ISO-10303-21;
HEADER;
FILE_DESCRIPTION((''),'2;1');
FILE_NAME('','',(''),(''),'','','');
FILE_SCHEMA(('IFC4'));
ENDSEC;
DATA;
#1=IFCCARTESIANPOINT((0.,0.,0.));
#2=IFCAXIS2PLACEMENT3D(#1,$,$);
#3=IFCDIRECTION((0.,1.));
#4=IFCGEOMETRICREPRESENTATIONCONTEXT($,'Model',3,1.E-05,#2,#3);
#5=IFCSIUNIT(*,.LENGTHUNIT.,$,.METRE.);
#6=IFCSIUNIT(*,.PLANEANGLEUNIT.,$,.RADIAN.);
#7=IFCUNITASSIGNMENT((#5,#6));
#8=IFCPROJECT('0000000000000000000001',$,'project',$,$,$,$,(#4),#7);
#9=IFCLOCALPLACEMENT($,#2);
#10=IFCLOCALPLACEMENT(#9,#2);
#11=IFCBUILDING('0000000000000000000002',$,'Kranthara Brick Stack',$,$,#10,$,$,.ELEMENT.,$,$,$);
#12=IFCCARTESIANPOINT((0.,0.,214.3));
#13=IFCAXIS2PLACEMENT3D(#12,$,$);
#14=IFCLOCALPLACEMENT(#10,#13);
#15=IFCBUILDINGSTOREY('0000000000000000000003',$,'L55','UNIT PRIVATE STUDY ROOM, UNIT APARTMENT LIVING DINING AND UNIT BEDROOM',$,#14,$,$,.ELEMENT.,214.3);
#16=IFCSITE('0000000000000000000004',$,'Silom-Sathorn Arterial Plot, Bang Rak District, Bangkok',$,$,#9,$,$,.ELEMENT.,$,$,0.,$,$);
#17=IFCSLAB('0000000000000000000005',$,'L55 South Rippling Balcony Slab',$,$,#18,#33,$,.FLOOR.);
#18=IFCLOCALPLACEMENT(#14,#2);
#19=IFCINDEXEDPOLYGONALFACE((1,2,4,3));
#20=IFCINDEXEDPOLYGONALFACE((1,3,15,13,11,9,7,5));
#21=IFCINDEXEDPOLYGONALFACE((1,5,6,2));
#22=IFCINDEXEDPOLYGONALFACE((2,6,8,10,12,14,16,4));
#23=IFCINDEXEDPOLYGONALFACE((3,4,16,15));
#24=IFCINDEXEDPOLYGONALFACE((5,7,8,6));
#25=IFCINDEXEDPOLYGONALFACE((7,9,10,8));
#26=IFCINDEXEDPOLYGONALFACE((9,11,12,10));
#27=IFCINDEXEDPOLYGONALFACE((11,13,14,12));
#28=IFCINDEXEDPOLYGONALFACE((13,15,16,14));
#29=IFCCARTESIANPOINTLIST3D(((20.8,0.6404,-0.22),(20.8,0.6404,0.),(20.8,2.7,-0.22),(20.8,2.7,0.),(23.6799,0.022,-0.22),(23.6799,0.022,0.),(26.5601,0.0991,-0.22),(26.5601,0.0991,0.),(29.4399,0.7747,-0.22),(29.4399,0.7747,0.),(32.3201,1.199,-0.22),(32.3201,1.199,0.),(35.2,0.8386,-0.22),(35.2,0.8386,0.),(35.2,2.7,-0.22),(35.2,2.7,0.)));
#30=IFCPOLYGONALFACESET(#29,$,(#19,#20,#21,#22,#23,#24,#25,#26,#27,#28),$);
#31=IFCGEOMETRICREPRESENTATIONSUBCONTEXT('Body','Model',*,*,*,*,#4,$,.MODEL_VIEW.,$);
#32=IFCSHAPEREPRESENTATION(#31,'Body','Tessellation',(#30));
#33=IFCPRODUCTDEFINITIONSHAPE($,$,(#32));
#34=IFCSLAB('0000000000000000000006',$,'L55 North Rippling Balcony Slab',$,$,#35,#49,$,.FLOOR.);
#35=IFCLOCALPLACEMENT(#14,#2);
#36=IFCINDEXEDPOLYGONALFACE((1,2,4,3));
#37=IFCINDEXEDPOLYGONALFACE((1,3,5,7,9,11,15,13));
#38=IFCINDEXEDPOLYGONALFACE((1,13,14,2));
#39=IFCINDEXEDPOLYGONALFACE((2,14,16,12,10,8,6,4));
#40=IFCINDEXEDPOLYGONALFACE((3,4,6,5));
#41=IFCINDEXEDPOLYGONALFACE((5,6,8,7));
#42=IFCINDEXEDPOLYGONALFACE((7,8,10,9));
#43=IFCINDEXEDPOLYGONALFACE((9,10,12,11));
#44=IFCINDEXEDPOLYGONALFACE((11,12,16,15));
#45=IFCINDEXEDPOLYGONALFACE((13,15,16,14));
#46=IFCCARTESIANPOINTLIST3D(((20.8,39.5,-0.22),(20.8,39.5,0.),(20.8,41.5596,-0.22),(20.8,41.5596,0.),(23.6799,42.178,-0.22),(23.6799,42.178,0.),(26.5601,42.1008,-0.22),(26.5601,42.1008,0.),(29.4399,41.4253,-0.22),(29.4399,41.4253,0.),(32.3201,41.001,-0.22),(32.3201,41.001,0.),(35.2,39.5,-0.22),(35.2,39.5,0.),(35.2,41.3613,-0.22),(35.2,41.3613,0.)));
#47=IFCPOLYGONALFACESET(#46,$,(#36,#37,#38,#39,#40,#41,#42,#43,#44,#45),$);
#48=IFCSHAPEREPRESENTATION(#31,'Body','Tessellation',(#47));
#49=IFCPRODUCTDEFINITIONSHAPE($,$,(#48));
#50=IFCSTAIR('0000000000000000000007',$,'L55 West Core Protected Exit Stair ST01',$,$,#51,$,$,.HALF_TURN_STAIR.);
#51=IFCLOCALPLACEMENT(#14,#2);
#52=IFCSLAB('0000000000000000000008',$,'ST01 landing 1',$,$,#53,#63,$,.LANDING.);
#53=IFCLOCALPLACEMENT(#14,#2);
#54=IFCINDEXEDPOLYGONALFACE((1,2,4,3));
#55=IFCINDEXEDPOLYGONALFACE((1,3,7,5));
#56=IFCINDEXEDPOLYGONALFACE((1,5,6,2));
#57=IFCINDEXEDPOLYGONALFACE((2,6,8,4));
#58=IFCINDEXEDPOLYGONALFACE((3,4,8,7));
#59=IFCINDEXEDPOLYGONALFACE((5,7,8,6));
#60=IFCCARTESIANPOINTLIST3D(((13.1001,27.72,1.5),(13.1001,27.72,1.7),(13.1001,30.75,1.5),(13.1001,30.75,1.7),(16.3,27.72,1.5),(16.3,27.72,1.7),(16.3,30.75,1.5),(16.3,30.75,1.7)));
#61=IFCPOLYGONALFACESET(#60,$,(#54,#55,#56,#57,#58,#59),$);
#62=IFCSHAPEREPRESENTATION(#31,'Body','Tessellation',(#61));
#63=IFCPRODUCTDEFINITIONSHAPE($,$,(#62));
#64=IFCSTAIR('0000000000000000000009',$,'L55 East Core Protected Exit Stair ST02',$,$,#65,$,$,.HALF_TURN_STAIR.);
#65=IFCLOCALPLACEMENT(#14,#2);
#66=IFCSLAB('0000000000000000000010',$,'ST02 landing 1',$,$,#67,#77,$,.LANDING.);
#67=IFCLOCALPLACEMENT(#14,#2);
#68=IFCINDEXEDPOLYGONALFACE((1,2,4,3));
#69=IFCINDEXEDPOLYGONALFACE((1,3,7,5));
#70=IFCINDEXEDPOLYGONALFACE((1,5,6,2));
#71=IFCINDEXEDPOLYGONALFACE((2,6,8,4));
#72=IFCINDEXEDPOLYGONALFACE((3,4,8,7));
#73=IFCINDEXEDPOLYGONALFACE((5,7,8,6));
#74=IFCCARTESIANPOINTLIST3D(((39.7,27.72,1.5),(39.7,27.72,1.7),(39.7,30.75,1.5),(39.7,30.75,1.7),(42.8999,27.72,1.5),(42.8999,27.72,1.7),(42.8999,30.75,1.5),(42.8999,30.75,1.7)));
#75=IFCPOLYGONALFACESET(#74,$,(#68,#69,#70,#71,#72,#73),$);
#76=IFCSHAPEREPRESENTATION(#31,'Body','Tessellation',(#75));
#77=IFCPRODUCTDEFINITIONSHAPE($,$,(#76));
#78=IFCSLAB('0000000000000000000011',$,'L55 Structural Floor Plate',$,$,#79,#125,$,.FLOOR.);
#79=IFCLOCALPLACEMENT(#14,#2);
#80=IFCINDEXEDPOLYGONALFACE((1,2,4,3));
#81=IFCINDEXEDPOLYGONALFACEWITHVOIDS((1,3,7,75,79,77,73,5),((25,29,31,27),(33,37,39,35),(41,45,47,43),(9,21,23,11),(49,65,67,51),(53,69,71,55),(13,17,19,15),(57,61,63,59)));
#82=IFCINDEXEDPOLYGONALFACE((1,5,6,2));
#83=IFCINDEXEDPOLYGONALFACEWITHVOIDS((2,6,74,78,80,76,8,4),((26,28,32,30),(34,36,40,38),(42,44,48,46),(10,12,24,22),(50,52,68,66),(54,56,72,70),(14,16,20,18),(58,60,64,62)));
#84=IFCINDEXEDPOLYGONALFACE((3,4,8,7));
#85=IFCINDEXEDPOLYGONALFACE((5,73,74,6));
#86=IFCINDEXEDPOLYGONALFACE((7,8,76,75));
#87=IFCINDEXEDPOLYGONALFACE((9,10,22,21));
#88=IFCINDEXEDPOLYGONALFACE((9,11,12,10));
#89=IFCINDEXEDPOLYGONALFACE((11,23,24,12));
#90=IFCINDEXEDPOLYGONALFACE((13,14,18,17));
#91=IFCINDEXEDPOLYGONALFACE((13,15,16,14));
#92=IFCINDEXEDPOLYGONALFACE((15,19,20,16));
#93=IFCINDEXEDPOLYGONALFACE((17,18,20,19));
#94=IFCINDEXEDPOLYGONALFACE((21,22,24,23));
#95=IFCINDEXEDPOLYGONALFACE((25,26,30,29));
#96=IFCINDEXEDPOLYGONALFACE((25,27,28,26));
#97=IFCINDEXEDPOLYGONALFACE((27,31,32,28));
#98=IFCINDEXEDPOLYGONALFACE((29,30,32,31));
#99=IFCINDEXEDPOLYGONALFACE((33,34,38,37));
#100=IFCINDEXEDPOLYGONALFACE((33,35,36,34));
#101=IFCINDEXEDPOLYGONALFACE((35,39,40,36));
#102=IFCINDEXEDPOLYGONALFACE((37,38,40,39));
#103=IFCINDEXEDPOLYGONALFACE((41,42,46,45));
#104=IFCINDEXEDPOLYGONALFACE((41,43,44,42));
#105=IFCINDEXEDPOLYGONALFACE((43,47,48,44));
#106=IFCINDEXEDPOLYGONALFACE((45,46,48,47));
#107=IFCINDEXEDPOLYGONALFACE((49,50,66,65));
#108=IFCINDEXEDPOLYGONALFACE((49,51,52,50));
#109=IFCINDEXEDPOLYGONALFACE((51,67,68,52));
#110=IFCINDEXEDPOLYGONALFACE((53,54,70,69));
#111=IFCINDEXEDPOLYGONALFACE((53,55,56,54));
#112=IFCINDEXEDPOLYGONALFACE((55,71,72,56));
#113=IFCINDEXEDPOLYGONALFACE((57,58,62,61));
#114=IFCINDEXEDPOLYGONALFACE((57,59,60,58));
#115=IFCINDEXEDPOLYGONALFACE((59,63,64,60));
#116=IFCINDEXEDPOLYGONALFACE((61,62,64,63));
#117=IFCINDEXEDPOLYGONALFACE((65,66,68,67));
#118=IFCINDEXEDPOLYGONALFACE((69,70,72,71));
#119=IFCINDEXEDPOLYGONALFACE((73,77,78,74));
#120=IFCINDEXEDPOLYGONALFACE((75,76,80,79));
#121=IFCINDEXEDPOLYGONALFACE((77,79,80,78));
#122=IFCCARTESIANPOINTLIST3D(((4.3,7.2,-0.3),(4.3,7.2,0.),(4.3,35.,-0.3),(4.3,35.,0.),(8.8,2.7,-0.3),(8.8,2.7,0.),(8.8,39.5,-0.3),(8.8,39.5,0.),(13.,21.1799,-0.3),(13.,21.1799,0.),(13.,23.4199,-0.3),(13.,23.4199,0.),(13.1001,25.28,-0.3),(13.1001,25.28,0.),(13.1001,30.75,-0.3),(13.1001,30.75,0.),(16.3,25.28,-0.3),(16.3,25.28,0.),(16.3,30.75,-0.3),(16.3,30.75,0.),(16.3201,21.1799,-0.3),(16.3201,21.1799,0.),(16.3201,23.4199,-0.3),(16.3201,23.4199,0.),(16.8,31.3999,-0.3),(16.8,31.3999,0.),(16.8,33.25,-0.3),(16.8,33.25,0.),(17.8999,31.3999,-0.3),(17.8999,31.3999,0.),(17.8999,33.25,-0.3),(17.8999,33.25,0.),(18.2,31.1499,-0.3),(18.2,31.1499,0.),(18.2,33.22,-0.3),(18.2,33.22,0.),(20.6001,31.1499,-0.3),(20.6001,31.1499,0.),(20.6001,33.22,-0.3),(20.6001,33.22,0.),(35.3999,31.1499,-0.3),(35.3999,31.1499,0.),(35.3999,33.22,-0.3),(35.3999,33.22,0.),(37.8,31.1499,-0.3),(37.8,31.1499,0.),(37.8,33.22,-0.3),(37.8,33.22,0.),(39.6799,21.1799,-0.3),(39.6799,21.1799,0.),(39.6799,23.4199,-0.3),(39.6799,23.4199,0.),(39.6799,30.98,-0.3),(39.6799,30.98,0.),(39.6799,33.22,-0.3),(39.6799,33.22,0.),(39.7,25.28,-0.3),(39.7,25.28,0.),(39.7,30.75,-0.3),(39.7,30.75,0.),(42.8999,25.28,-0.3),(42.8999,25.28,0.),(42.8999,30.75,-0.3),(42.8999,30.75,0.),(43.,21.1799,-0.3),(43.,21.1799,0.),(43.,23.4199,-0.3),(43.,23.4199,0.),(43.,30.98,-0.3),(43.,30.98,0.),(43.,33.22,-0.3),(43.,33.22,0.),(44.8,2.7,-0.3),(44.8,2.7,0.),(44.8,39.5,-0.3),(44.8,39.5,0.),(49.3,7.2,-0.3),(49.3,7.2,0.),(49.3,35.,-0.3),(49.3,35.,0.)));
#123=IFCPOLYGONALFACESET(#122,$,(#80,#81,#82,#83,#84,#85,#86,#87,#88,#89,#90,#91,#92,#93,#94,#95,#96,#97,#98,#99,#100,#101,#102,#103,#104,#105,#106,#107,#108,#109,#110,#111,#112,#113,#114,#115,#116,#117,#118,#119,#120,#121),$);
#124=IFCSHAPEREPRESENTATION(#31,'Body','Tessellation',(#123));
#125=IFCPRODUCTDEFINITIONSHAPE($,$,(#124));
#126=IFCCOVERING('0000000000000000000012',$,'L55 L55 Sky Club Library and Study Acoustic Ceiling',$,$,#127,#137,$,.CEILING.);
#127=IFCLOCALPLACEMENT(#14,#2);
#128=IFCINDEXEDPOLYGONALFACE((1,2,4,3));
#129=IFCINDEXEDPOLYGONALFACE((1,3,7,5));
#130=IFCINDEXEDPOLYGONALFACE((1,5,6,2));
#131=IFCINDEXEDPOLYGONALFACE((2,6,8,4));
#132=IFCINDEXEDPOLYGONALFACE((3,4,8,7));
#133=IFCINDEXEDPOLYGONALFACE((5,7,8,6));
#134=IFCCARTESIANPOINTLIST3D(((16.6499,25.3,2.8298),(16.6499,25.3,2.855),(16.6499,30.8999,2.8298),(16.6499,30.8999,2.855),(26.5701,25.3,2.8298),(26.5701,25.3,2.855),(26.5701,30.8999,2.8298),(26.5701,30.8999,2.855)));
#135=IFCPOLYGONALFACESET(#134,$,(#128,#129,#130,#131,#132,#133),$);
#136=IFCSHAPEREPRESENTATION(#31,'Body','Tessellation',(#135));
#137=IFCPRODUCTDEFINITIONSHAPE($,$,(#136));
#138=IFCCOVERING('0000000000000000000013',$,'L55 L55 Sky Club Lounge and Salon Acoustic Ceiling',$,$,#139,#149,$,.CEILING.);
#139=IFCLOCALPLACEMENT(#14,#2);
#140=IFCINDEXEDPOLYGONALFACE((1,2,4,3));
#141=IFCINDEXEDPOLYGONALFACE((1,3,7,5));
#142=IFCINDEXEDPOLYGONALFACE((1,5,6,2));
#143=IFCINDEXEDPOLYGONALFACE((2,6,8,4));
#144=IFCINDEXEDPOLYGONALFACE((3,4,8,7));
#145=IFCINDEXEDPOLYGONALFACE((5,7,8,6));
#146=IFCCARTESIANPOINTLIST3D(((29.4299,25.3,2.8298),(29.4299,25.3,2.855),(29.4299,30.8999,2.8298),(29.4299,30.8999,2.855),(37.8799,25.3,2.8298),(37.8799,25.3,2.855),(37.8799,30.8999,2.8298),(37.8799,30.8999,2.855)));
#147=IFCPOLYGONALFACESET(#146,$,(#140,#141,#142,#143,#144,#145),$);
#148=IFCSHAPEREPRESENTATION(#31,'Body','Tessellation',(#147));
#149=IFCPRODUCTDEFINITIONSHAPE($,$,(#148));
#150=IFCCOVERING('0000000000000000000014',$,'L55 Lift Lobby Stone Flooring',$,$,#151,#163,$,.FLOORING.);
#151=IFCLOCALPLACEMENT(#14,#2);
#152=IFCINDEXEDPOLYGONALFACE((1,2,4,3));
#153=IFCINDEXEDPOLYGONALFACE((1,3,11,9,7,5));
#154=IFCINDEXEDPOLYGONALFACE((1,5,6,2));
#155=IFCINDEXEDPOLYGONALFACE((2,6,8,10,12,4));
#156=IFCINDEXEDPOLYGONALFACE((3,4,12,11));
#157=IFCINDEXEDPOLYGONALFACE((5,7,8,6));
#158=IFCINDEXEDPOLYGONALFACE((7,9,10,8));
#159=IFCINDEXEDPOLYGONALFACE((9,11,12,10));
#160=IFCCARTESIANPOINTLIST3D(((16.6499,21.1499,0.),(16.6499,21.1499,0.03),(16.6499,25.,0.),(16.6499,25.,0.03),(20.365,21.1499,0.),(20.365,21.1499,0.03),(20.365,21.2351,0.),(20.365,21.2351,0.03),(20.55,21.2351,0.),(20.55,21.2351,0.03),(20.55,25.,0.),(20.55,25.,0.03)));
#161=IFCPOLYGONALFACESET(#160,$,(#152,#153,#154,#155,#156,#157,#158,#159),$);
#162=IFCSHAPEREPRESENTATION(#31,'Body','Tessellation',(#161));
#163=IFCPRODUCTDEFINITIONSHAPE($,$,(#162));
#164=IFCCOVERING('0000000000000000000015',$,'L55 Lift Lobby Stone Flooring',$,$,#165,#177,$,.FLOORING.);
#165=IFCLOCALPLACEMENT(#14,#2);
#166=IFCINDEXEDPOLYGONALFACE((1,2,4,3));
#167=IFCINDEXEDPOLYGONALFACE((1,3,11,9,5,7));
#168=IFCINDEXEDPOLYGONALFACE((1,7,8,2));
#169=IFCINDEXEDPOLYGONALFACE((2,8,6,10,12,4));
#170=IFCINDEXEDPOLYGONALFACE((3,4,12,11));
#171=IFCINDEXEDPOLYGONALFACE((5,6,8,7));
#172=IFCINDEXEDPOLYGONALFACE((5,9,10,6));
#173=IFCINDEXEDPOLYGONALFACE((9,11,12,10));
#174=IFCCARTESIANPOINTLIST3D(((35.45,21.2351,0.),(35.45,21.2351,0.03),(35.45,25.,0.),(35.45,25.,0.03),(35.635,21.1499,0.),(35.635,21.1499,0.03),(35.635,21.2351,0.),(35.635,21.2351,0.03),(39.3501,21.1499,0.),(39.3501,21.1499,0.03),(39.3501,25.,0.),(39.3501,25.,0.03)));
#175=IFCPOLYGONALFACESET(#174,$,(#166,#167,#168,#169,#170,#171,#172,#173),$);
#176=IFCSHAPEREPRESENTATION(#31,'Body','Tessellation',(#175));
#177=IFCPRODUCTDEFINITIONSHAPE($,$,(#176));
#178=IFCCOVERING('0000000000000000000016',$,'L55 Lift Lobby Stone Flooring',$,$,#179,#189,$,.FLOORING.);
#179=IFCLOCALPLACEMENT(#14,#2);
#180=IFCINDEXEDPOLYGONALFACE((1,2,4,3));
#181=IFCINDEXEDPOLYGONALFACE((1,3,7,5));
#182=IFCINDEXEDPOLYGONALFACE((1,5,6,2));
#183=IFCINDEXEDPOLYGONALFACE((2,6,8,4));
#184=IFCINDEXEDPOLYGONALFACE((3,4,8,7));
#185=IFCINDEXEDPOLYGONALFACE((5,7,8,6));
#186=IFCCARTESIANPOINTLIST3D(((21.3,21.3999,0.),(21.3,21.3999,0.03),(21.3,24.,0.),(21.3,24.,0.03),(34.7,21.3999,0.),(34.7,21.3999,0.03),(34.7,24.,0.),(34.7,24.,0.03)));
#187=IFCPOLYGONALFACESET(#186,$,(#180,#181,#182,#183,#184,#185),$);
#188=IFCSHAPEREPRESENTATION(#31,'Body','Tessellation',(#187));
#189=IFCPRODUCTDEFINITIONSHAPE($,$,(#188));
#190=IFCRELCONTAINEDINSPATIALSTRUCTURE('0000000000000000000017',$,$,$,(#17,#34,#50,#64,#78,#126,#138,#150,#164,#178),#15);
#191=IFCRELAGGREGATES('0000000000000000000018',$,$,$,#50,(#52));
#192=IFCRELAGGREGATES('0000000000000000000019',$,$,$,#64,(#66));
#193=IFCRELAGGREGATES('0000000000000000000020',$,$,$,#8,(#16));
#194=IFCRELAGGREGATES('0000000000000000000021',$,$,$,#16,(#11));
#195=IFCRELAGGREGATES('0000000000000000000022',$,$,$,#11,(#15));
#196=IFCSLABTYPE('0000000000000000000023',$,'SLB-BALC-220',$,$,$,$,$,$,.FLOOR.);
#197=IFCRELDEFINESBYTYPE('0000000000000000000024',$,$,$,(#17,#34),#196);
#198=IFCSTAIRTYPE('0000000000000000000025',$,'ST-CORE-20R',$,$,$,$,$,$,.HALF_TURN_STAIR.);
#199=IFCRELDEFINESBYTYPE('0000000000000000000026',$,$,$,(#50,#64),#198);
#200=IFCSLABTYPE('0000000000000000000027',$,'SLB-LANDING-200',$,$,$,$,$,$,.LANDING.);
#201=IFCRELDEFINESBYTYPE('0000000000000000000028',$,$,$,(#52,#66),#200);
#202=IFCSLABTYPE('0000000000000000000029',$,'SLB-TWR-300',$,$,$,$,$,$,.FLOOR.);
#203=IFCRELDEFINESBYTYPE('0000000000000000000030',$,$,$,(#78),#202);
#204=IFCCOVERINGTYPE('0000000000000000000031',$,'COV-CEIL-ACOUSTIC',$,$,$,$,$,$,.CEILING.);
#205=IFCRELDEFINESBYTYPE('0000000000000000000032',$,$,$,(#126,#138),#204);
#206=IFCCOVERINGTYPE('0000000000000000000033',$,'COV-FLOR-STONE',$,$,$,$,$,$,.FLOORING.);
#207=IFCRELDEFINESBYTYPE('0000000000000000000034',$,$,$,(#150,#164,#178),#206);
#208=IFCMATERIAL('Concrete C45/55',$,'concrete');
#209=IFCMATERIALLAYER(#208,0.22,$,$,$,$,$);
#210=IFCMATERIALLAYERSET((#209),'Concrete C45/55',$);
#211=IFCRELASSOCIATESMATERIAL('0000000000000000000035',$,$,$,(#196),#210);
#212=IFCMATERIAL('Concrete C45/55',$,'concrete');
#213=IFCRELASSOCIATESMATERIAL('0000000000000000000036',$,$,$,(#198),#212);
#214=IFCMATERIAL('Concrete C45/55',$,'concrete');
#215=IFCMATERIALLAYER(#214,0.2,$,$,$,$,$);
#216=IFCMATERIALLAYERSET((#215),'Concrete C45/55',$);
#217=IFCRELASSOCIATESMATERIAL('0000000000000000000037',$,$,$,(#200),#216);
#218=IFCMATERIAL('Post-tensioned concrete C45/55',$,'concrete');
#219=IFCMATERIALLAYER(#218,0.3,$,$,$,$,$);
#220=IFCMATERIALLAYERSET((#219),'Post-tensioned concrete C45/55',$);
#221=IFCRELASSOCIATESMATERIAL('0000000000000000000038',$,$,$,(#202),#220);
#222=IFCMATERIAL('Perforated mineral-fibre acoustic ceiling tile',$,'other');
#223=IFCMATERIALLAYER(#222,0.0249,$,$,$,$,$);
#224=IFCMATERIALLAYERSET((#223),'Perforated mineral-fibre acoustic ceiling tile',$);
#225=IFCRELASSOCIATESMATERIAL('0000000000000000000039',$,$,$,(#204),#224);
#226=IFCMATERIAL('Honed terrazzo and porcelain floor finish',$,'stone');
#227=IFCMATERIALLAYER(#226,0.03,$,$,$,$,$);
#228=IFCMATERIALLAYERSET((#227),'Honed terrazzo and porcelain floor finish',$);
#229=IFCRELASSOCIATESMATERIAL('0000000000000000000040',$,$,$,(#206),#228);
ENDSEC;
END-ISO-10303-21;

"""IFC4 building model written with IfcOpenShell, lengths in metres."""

from ifc_helpers import new_model, si_unit, direction, frame, origin, place, context, subcontext, project, spatial, polyline, outline, extrude, material, layer, layer_set, type_object, element, aggregate, save


model = new_model("IFC4")

# Units and contexts
model_context = context("Model", 3, precision=1e-05, world=origin(), true_north=direction((0.0, 1.0)))
body_context = subcontext(model_context, "Body", "Model", "MODEL_VIEW")
ifc_project = project(units=[si_unit("LENGTHUNIT", "METRE"), si_unit("PLANEANGLEUNIT", "RADIAN")], contexts=[model_context])

# Site, building, storey
site_placement = place(None, origin())
site = spatial("IfcSite", under=ifc_project, at=site_placement, Name="Silom-Sathorn Arterial Plot, Bang Rak District, Bangkok", CompositionType="ELEMENT", RefElevation=0.0)
building_placement = place(site_placement, origin())
building = spatial("IfcBuilding", under=site, at=building_placement, Name="Kranthara Brick Stack", CompositionType="ELEMENT")
storey_placement = place(building_placement, frame((0.0, 0.0, 214.3)))
storey = spatial("IfcBuildingStorey", under=building, at=storey_placement, Name="L55", Description="UNIT PRIVATE STUDY ROOM, UNIT APARTMENT LIVING DINING AND UNIT BEDROOM", CompositionType="ELEMENT", Elevation=214.3)

# Slabs
ifc_material_1 = material(Name="Concrete C45/55", Category="concrete")
ifc_layer_1 = layer(ifc_material_1, 0.22)
ifc_layer_set_1 = layer_set([ifc_layer_1], Name="Concrete C45/55")
slab_type_1 = type_object("IfcSlabType", Name="SLB-BALC-220", PredefinedType="FLOOR", material=ifc_layer_set_1)
slab_1_placement = place(storey_placement, frame((0.0, 0.0, -0.22)))
element("IfcSlab", 1, at=slab_1_placement, inside=storey, type_object=slab_type_1, Name="L55 South Rippling Balcony Slab", PredefinedType="FLOOR", context=body_context, shape_type="SweptSolid", body=[
    extrude(outline(polyline([(20.8, 2.7), (35.2, 2.7), (35.2, 0.8386), (32.3201, 1.199), (29.4399, 0.7747), (26.5601, 0.0991), (23.6799, 0.022), (20.8, 0.6404), (20.8, 2.7)])), origin(), (0.0, 0.0, 1.0), 0.22),
])
slab_2_placement = place(storey_placement, frame((0.0, 0.0, -0.22)))
element("IfcSlab", 2, at=slab_2_placement, inside=storey, type_object=slab_type_1, Name="L55 North Rippling Balcony Slab", PredefinedType="FLOOR", context=body_context, shape_type="SweptSolid", body=[
    extrude(outline(polyline([(35.2, 39.5), (20.8, 39.5), (20.8, 41.5596), (23.6799, 42.178), (26.5601, 42.1008), (29.4399, 41.4253), (32.3201, 41.001), (35.2, 41.3613), (35.2, 39.5)])), origin(), (0.0, 0.0, 1.0), 0.22),
])

# Stairs, slabs
ifc_material_2 = material(Name="Concrete C45/55", Category="concrete")
stair_type = type_object("IfcStairType", Name="ST-CORE-20R", PredefinedType="HALF_TURN_STAIR", material=ifc_material_2)
stair_1_placement = place(storey_placement, origin())
stair_1 = element("IfcStair", 3, at=stair_1_placement, inside=storey, type_object=stair_type, Name="L55 West Core Protected Exit Stair ST01", PredefinedType="HALF_TURN_STAIR")
ifc_material_3 = material(Name="Concrete C45/55", Category="concrete")
ifc_layer_2 = layer(ifc_material_3, 0.2)
ifc_layer_set_2 = layer_set([ifc_layer_2], Name="Concrete C45/55")
slab_type_2 = type_object("IfcSlabType", Name="SLB-LANDING-200", PredefinedType="LANDING", material=ifc_layer_set_2)
slab_3_placement = place(storey_placement, frame((0.0, 0.0, 1.5)))
slab_3 = element("IfcSlab", 4, at=slab_3_placement, type_object=slab_type_2, Name="ST01 landing 1", PredefinedType="LANDING", context=body_context, shape_type="SweptSolid", body=[
    extrude(outline(polyline([(16.3, 27.72), (16.3, 30.75), (13.1001, 30.75), (13.1001, 27.72), (16.3, 27.72)])), origin(), (0.0, 0.0, 1.0), 0.2),
])
aggregate(stair_1, [slab_3])
stair_2_placement = place(storey_placement, origin())
stair_2 = element("IfcStair", 5, at=stair_2_placement, inside=storey, type_object=stair_type, Name="L55 East Core Protected Exit Stair ST02", PredefinedType="HALF_TURN_STAIR")
slab_4_placement = place(storey_placement, frame((0.0, 0.0, 1.5)))
slab_4 = element("IfcSlab", 6, at=slab_4_placement, type_object=slab_type_2, Name="ST02 landing 1", PredefinedType="LANDING", context=body_context, shape_type="SweptSolid", body=[
    extrude(outline(polyline([(42.8999, 27.72), (42.8999, 30.75), (39.7, 30.75), (39.7, 27.72), (42.8999, 27.72)])), origin(), (0.0, 0.0, 1.0), 0.2),
])
aggregate(stair_2, [slab_4])

# Slab
ifc_material_4 = material(Name="Post-tensioned concrete C45/55", Category="concrete")
ifc_layer_3 = layer(ifc_material_4, 0.3)
ifc_layer_set_3 = layer_set([ifc_layer_3], Name="Post-tensioned concrete C45/55")
slab_type_3 = type_object("IfcSlabType", Name="SLB-TWR-300", PredefinedType="FLOOR", material=ifc_layer_set_3)
slab_5_placement = place(storey_placement, frame((0.0, 0.0, -0.3)))
element("IfcSlab", 7, at=slab_5_placement, inside=storey, type_object=slab_type_3, Name="L55 Structural Floor Plate", PredefinedType="FLOOR", context=body_context, shape_type="SweptSolid", body=[
    extrude(outline(polyline([(8.8, 2.7), (44.8, 2.7), (49.3, 7.2), (49.3, 35.0), (44.8, 39.5), (8.8, 39.5), (4.3, 35.0), (4.3, 7.2), (8.8, 2.7)]), holes=[polyline([(13.1001, 25.28), (16.3, 25.28), (16.3, 30.75), (13.1001, 30.75), (13.1001, 25.28)]), polyline([(39.7, 25.28), (42.8999, 25.28), (42.8999, 30.75), (39.7, 30.75), (39.7, 25.28)]), polyline([(13.0, 21.1799), (16.3201, 21.1799), (16.3201, 23.4199), (13.0, 23.4199), (13.0, 21.1799)]), polyline([(39.6799, 21.1799), (43.0, 21.1799), (43.0, 23.4199), (39.6799, 23.4199), (39.6799, 21.1799)]), polyline([(39.6799, 30.98), (43.0, 30.98), (43.0, 33.22), (39.6799, 33.22), (39.6799, 30.98)]), polyline([(18.2, 31.1499), (20.6001, 31.1499), (20.6001, 33.22), (18.2, 33.22), (18.2, 31.1499)]), polyline([(35.3999, 31.1499), (37.8, 31.1499), (37.8, 33.22), (35.3999, 33.22), (35.3999, 31.1499)]), polyline([(16.8, 31.3999), (17.8999, 31.3999), (17.8999, 33.25), (16.8, 33.25), (16.8, 31.3999)])]), origin(), (0.0, 0.0, 1.0), 0.3),
])

# Coverings
ifc_material_5 = material(Name="Perforated mineral-fibre acoustic ceiling tile", Category="other")
ifc_layer_4 = layer(ifc_material_5, 0.0249)
ifc_layer_set_4 = layer_set([ifc_layer_4], Name="Perforated mineral-fibre acoustic ceiling tile")
covering_type_1 = type_object("IfcCoveringType", Name="COV-CEIL-ACOUSTIC", PredefinedType="CEILING", material=ifc_layer_set_4)
covering_1_placement = place(storey_placement, frame((0.0, 0.0, 2.8298)))
element("IfcCovering", 8, at=covering_1_placement, inside=storey, type_object=covering_type_1, Name="L55 L55 Sky Club Library and Study Acoustic Ceiling", PredefinedType="CEILING", context=body_context, shape_type="SweptSolid", body=[
    extrude(outline(polyline([(26.5701, 25.3), (26.5701, 30.8999), (16.6499, 30.8999), (16.6499, 25.3), (26.5701, 25.3)])), origin(), (0.0, 0.0, 1.0), 0.0251),
])
covering_2_placement = place(storey_placement, frame((0.0, 0.0, 2.8298)))
element("IfcCovering", 9, at=covering_2_placement, inside=storey, type_object=covering_type_1, Name="L55 L55 Sky Club Lounge and Salon Acoustic Ceiling", PredefinedType="CEILING", context=body_context, shape_type="SweptSolid", body=[
    extrude(outline(polyline([(37.8799, 25.3), (37.8799, 30.8999), (29.4299, 30.8999), (29.4299, 25.3), (37.8799, 25.3)])), origin(), (0.0, 0.0, 1.0), 0.0251),
])
ifc_material_6 = material(Name="Honed terrazzo and porcelain floor finish", Category="stone")
ifc_layer_5 = layer(ifc_material_6, 0.03)
ifc_layer_set_5 = layer_set([ifc_layer_5], Name="Honed terrazzo and porcelain floor finish")
covering_type_2 = type_object("IfcCoveringType", Name="COV-FLOR-STONE", PredefinedType="FLOORING", material=ifc_layer_set_5)
covering_3_placement = place(storey_placement, origin())
element("IfcCovering", 10, at=covering_3_placement, inside=storey, type_object=covering_type_2, Name="L55 Lift Lobby Stone Flooring", PredefinedType="FLOORING", context=body_context, shape_type="SweptSolid", body=[
    extrude(outline(polyline([(16.6499, 21.1499), (16.6499, 25.0), (20.55, 25.0), (20.55, 21.2351), (20.365, 21.2351), (20.365, 21.1499), (16.6499, 21.1499)])), origin(), (0.0, 0.0, 1.0), 0.03),
])
covering_4_placement = place(storey_placement, origin())
element("IfcCovering", 11, at=covering_4_placement, inside=storey, type_object=covering_type_2, Name="L55 Lift Lobby Stone Flooring", PredefinedType="FLOORING", context=body_context, shape_type="SweptSolid", body=[
    extrude(outline(polyline([(35.45, 25.0), (39.3501, 25.0), (39.3501, 21.1499), (35.635, 21.1499), (35.635, 21.2351), (35.45, 21.2351), (35.45, 25.0)])), origin(), (0.0, 0.0, 1.0), 0.03),
])
covering_5_placement = place(storey_placement, origin())
element("IfcCovering", 12, at=covering_5_placement, inside=storey, type_object=covering_type_2, Name="L55 Lift Lobby Stone Flooring", PredefinedType="FLOORING", context=body_context, shape_type="SweptSolid", body=[
    extrude(outline(polyline([(34.7, 21.3999), (34.7, 24.0), (21.3, 24.0), (21.3, 21.3999), (34.7, 21.3999)])), origin(), (0.0, 0.0, 1.0), 0.03),
])

save(model, "model.ifc")
